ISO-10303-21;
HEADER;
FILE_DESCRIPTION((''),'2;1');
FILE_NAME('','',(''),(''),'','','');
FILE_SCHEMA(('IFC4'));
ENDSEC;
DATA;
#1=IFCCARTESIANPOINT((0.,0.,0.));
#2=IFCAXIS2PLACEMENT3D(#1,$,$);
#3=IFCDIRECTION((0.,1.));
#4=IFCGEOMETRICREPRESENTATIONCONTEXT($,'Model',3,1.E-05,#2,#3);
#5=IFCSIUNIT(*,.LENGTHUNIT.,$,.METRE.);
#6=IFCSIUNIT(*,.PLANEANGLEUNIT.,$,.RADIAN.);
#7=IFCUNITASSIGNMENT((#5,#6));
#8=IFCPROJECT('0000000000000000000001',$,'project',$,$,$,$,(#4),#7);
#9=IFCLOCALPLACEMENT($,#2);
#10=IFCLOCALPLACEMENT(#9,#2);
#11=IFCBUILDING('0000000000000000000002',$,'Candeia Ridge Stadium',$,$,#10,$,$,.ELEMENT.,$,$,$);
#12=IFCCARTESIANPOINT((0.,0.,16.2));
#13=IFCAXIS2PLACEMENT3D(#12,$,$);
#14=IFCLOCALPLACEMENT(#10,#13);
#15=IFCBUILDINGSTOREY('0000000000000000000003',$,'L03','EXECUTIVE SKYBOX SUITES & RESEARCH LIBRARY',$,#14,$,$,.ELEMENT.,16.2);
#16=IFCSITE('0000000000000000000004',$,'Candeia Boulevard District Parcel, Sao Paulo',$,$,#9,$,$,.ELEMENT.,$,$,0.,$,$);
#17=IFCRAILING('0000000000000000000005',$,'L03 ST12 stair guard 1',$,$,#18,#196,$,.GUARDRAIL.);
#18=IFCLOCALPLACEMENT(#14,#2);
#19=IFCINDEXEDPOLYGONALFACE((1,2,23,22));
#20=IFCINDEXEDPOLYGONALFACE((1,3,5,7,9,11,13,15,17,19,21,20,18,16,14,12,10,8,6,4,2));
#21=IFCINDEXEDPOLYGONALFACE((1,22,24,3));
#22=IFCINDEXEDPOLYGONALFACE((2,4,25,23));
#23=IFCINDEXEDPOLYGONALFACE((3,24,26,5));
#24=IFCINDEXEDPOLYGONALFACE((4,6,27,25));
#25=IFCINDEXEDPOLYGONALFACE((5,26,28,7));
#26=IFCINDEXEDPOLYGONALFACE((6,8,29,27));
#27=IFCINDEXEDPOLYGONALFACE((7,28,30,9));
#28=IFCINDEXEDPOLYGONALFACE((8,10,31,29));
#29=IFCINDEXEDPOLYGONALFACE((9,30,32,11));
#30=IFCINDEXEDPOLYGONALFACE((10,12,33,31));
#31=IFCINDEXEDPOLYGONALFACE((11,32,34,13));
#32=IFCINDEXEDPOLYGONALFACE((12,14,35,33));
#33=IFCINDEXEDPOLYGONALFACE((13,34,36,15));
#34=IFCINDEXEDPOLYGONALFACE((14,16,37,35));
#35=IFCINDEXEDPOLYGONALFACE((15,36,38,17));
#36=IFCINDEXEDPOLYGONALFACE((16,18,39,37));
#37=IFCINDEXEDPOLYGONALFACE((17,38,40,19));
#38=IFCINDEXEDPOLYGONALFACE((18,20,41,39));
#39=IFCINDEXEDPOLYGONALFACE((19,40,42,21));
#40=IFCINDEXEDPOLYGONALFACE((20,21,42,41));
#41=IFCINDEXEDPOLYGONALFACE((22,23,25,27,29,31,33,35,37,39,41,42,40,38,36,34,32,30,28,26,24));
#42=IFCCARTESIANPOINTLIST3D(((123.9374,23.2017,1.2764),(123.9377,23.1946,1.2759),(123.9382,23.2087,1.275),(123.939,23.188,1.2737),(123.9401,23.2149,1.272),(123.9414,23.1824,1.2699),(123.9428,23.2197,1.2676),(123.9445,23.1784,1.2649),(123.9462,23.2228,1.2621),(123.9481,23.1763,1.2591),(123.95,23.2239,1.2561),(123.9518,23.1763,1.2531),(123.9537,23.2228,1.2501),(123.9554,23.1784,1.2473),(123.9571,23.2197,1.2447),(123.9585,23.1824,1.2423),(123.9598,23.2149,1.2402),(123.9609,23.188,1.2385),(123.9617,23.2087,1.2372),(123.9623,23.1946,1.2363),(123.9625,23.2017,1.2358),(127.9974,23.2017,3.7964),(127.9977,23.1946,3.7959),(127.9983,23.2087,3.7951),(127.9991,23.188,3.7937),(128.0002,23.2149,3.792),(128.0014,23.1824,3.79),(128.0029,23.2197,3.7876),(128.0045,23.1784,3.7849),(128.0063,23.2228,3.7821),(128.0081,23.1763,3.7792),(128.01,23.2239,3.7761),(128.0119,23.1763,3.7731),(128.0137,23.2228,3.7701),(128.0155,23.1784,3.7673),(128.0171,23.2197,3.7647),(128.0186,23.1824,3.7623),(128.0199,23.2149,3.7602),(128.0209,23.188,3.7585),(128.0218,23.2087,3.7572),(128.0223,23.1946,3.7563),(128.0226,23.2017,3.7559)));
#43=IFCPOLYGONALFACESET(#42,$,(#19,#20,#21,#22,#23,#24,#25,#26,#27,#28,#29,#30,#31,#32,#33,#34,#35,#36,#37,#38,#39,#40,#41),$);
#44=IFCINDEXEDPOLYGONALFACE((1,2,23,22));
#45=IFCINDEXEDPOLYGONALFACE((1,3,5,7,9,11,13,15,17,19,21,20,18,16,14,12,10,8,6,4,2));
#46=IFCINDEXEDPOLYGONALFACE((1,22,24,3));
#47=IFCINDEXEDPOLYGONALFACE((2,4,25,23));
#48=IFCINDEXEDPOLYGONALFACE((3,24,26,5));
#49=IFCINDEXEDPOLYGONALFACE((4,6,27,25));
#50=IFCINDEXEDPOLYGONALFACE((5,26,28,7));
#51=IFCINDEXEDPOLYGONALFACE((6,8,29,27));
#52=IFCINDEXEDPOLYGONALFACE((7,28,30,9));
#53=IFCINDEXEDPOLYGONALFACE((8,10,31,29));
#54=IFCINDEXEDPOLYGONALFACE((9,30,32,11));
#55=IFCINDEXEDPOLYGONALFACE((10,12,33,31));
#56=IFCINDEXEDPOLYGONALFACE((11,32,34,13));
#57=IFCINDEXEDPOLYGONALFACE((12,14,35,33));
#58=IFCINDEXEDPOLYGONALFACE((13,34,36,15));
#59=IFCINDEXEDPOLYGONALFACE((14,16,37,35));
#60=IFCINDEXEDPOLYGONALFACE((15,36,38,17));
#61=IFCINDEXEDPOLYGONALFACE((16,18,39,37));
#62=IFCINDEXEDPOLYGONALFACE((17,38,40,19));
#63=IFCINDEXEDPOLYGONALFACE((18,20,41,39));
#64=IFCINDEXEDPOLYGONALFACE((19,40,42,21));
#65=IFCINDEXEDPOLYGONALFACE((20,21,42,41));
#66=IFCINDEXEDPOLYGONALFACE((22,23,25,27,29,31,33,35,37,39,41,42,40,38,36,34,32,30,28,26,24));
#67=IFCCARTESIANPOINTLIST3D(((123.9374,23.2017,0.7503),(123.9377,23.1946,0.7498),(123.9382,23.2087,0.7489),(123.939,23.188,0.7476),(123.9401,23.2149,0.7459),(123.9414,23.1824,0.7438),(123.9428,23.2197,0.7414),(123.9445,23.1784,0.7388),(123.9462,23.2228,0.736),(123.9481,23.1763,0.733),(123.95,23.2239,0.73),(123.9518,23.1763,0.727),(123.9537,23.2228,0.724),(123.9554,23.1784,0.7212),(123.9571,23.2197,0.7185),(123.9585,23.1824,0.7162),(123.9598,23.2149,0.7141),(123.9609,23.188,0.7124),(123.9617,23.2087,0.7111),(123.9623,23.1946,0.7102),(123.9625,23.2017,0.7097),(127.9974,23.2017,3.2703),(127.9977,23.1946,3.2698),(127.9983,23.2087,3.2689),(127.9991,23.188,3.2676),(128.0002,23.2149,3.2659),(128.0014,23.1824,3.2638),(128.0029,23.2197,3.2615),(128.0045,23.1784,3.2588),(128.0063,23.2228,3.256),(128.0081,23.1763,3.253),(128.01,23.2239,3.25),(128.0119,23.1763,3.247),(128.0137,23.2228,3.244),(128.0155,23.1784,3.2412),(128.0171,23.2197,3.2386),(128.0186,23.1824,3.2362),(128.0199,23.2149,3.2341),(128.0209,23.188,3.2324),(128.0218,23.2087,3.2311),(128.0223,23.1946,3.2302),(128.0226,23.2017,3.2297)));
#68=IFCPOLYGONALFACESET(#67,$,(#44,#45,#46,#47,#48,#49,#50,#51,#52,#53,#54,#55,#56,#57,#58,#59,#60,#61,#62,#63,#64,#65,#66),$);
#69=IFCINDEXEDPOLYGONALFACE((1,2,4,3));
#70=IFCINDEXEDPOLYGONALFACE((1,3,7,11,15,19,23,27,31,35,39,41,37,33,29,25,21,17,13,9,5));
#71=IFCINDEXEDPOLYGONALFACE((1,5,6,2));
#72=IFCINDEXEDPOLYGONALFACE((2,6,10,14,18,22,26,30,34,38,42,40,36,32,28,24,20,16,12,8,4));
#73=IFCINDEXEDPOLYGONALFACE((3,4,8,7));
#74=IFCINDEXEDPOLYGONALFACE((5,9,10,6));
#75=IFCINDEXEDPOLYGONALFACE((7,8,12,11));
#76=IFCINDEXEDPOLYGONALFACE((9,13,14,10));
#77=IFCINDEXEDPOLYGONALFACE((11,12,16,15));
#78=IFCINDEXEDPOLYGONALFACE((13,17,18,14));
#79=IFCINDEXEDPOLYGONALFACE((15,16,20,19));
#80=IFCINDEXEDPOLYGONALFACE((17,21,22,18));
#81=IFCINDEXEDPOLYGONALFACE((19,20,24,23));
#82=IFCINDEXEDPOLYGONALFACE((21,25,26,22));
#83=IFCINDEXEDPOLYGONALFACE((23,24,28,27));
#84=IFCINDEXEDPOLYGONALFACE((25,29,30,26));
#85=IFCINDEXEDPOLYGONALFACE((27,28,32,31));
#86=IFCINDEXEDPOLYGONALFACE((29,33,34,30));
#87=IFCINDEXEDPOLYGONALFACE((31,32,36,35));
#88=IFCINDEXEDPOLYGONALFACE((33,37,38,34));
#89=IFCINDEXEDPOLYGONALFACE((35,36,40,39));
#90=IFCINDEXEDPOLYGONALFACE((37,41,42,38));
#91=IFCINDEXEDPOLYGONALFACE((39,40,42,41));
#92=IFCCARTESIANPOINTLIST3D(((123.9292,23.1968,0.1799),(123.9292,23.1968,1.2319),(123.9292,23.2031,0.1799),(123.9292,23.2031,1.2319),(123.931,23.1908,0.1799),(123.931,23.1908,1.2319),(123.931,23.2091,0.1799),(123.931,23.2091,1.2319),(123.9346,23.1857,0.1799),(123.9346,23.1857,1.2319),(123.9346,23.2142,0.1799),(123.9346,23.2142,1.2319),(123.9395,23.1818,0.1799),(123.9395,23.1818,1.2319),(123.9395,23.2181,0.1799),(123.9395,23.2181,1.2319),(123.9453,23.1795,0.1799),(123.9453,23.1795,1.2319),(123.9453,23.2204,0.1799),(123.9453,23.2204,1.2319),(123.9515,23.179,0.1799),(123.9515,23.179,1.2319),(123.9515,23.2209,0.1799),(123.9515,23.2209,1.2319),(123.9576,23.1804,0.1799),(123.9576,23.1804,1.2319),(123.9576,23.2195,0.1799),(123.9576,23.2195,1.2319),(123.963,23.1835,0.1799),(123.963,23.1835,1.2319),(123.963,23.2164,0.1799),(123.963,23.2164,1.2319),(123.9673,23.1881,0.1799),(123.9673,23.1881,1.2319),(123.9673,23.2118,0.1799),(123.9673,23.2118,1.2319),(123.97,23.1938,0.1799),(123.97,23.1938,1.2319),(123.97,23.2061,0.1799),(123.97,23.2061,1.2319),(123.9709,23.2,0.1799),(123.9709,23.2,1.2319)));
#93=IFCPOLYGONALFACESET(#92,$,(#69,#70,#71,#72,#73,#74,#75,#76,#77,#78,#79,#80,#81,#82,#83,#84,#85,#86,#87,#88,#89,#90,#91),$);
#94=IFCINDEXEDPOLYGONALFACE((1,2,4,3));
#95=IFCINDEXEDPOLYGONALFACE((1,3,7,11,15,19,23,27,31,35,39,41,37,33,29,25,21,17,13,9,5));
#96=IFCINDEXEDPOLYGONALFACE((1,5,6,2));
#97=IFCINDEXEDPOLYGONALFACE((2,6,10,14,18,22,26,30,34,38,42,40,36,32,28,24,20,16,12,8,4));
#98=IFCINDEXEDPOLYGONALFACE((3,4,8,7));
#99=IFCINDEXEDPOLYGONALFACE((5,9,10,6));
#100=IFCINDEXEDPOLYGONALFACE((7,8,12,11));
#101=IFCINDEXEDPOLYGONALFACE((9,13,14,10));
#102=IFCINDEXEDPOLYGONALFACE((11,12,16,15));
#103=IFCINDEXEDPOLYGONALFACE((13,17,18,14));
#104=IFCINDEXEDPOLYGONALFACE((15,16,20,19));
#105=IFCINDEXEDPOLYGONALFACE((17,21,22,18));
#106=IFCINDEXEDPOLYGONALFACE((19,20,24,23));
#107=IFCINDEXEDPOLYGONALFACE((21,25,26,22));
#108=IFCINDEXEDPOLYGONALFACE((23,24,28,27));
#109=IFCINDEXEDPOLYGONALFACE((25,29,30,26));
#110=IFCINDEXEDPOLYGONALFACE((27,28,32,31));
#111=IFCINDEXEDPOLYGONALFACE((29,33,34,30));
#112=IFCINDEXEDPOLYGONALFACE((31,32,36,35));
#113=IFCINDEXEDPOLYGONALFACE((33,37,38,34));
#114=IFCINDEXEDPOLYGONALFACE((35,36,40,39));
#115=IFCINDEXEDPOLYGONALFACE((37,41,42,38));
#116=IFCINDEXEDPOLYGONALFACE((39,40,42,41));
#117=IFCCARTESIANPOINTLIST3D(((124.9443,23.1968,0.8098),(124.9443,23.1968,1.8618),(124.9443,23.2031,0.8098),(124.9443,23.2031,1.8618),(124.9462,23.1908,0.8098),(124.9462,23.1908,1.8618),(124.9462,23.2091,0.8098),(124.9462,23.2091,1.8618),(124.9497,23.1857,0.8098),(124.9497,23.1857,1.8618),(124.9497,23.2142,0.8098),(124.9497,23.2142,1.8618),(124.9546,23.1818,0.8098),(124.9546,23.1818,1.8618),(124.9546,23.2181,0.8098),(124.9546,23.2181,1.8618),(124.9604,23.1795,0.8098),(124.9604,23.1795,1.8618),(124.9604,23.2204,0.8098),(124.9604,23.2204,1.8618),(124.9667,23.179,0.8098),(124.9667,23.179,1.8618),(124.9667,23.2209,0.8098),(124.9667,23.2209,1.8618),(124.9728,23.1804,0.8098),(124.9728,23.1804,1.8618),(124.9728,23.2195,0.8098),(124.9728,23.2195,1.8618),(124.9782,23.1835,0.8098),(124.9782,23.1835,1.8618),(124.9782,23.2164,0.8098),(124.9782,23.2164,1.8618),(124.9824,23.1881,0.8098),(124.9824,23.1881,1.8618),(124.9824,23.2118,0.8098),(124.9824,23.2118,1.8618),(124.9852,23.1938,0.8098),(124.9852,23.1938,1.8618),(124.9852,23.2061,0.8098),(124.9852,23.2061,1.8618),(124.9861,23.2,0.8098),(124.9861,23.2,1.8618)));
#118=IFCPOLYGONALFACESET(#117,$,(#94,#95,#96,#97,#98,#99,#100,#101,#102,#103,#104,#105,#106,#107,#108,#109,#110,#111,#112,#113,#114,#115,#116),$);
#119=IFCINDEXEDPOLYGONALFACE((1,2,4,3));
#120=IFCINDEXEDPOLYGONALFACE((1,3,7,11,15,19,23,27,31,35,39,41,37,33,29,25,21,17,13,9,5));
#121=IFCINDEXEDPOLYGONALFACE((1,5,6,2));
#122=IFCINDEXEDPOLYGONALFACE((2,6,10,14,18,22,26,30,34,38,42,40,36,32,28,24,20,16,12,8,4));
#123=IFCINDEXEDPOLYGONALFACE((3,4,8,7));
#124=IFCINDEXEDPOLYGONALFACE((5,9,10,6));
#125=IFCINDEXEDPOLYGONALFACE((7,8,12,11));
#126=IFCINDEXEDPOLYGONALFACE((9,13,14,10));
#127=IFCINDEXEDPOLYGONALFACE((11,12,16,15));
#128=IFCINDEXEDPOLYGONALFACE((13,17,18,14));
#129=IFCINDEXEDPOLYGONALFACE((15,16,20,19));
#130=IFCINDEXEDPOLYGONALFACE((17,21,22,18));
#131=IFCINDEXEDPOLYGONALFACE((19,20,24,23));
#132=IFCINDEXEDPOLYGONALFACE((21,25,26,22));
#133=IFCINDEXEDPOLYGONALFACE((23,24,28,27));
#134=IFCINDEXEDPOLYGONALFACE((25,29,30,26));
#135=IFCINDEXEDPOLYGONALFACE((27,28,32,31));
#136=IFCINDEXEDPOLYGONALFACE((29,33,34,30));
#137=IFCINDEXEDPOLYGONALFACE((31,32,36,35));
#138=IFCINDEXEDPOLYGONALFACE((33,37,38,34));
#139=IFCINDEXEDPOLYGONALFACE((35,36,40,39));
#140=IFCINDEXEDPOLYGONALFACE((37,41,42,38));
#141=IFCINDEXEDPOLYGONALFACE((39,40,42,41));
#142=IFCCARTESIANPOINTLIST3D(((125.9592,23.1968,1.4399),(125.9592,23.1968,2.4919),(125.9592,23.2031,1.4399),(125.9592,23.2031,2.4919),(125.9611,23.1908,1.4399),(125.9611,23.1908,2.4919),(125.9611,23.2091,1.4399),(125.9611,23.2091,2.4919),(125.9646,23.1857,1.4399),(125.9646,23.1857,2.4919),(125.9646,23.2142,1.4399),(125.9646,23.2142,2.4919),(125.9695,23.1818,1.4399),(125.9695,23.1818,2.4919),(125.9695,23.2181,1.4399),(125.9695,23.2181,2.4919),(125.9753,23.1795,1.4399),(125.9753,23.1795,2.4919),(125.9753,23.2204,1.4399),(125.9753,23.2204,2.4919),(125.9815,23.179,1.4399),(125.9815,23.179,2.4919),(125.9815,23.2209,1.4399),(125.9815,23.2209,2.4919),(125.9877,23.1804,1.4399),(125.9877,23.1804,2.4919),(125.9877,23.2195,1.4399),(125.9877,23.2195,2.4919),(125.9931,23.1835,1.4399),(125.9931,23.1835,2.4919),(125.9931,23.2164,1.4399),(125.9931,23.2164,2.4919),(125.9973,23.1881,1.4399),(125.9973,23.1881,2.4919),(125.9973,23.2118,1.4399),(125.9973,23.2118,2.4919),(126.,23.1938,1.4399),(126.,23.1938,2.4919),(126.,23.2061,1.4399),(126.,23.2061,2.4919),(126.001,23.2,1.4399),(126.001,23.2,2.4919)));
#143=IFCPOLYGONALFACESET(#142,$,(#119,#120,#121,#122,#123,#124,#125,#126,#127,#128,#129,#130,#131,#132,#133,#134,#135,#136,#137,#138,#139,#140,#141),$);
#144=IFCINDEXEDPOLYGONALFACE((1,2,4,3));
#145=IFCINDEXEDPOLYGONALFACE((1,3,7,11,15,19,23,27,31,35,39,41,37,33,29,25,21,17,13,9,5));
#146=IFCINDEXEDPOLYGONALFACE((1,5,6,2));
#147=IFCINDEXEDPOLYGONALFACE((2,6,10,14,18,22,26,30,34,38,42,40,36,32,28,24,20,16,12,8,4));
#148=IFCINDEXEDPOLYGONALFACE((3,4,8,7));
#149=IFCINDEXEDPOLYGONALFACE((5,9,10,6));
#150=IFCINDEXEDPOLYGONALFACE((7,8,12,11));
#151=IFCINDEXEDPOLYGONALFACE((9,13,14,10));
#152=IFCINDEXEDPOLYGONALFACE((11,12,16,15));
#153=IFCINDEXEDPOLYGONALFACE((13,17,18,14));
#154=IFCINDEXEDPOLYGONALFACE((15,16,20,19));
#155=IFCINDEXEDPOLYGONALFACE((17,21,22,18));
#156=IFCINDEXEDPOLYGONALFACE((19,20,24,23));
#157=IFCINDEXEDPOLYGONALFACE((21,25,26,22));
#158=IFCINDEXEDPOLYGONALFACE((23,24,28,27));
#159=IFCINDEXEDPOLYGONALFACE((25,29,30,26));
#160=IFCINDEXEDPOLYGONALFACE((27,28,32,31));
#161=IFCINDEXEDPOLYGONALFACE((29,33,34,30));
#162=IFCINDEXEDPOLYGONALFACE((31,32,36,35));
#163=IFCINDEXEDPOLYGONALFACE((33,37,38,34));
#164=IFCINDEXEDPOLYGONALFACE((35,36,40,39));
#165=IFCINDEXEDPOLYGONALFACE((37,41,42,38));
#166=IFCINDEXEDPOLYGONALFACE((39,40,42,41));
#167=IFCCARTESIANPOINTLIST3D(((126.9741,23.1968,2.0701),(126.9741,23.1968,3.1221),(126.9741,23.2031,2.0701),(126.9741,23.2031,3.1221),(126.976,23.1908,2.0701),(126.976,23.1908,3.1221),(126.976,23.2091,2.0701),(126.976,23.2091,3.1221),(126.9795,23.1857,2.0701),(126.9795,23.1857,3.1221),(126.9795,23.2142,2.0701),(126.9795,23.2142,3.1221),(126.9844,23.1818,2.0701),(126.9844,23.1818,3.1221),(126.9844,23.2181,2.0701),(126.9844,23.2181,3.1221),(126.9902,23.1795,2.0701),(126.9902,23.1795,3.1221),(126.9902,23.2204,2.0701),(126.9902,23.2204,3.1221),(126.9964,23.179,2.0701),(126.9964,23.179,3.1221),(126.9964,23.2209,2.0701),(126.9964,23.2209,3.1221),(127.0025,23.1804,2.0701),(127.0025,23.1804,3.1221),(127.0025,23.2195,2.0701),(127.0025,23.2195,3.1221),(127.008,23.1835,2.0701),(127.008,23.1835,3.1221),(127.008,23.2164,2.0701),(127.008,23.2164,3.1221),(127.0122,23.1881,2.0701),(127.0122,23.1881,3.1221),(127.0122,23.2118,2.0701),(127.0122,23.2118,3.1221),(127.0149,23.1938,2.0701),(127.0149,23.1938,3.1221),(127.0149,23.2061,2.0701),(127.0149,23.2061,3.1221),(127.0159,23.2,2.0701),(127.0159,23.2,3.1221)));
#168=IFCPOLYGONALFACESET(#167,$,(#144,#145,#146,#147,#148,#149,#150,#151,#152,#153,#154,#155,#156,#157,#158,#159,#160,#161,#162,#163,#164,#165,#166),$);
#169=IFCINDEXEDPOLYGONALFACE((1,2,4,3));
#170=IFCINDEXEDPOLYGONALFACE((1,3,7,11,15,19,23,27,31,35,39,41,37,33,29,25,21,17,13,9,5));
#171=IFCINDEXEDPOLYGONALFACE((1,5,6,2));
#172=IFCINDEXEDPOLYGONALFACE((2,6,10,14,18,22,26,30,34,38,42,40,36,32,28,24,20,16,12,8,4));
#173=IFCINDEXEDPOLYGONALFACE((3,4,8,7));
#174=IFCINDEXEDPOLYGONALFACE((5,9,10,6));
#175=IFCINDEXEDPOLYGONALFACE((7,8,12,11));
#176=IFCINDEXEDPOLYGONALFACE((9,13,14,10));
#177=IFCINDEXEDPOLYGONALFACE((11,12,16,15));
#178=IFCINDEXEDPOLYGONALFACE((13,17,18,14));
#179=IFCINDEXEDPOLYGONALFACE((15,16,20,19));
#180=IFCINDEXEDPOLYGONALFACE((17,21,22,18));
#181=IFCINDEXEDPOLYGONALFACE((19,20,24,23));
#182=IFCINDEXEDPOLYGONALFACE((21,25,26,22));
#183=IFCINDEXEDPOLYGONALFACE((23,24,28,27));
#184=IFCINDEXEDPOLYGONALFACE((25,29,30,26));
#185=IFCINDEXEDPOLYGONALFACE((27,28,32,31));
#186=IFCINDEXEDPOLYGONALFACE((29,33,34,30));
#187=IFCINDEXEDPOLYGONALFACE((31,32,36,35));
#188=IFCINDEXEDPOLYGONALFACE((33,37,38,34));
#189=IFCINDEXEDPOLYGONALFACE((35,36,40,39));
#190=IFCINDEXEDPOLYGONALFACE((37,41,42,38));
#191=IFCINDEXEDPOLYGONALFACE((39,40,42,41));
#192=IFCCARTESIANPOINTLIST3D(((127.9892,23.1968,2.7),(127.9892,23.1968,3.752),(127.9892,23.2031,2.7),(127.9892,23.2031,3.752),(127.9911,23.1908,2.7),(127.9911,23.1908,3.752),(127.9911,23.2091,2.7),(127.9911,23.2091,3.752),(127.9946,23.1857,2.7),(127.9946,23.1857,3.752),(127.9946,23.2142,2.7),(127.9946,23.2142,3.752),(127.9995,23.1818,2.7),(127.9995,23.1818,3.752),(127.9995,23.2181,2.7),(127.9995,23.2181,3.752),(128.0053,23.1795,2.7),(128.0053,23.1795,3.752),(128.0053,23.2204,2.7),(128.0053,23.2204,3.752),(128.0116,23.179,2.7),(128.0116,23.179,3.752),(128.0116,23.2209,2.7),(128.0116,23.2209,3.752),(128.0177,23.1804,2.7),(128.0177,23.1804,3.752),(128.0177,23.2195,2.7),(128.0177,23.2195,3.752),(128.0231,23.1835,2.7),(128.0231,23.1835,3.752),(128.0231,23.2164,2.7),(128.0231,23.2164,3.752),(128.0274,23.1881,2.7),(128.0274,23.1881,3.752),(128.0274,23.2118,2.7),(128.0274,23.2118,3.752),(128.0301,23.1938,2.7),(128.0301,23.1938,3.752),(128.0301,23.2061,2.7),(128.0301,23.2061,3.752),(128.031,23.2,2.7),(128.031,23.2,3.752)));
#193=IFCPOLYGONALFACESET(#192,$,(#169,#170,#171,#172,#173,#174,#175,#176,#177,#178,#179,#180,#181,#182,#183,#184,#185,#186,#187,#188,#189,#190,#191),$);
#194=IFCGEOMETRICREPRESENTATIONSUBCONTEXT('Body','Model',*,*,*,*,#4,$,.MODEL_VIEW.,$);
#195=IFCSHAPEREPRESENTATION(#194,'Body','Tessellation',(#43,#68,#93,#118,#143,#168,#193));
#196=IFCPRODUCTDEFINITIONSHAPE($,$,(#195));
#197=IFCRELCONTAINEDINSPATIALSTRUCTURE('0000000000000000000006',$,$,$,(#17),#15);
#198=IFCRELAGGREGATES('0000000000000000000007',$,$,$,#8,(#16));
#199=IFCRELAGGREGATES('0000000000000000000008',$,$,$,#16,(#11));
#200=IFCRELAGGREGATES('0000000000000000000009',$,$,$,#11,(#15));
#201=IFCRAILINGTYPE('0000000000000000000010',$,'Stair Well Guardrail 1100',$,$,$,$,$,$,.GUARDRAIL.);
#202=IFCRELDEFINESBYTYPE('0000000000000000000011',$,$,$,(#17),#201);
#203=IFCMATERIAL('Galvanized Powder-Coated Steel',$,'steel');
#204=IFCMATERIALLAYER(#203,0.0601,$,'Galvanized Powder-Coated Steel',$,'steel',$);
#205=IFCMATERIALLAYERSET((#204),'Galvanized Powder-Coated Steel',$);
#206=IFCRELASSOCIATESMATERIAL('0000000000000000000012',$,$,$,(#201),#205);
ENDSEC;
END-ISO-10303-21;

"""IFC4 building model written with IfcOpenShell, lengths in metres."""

from ifc_helpers import new_model, si_unit, direction, frame, origin, origin_2d, place, context, subcontext, project, spatial, circle, extrude, material, layer, layer_set, type_object, element, save


model = new_model("IFC4")

# Units and contexts
model_context = context("Model", 3, precision=1e-05, world=origin(), true_north=direction((0.0, 1.0)))
body_context = subcontext(model_context, "Body", "Model", "MODEL_VIEW")
ifc_project = project(units=[si_unit("LENGTHUNIT", "METRE"), si_unit("PLANEANGLEUNIT", "RADIAN")], contexts=[model_context])

# Site, building, storey
site_placement = place(None, origin())
site = spatial("IfcSite", under=ifc_project, at=site_placement, Name="Candeia Boulevard District Parcel, Sao Paulo", CompositionType="ELEMENT", RefElevation=0.0)
building_placement = place(site_placement, origin())
building = spatial("IfcBuilding", under=site, at=building_placement, Name="Candeia Ridge Stadium", CompositionType="ELEMENT")
storey_placement = place(building_placement, frame((0.0, 0.0, 16.2)))
storey = spatial("IfcBuildingStorey", under=building, at=storey_placement, Name="L03", Description="EXECUTIVE SKYBOX SUITES & RESEARCH LIBRARY", CompositionType="ELEMENT", Elevation=16.2)

# Railing
ifc_material_1 = material(Name="Galvanized Powder-Coated Steel", Category="steel")
ifc_layer_1 = layer(ifc_material_1, 0.0601, Name="Galvanized Powder-Coated Steel", Category="steel")
ifc_layer_set_1 = layer_set([ifc_layer_1], Name="Galvanized Powder-Coated Steel")
railing_type_1 = type_object("IfcRailingType", Name="Stair Well Guardrail 1100", PredefinedType="GUARDRAIL", material=ifc_layer_set_1)
railing_1_placement = place(storey_placement, frame((123.95, 23.2, 0.1799)))
element("IfcRailing", 1, at=railing_1_placement, inside=storey, type_object=railing_type_1, Name="L03 ST12 stair guard 1", PredefinedType="GUARDRAIL", context=body_context, shape_type="SweptSolid", body=[
    extrude(circle(Radius=0.0239, at=origin_2d()), frame((0.0, 0.0, 1.0762), z_axis=(0.849642, 0.0, 0.52736), x_axis=(0.0, 1.0, 0.0)), (0.0, 0.0, 1.0), 4.7786),
    extrude(circle(Radius=0.0239, at=origin_2d()), frame((0.0, 0.0, 0.55), z_axis=(0.849642, 0.0, 0.52736), x_axis=(0.0, 1.0, 0.0)), (0.0, 0.0, 1.0), 4.7786),
    extrude(circle(Radius=0.021, at=origin_2d()), origin(), (0.0, 0.0, 1.0), 1.052),
    extrude(circle(Radius=0.021, at=origin_2d()), frame((1.0151, 0.0, 0.6299)), (0.0, 0.0, 1.0), 1.052),
    extrude(circle(Radius=0.021, at=origin_2d()), frame((2.03, 0.0, 1.26)), (0.0, 0.0, 1.0), 1.052),
    extrude(circle(Radius=0.021, at=origin_2d()), frame((3.0449, 0.0, 1.8901)), (0.0, 0.0, 1.0), 1.052),
    extrude(circle(Radius=0.021, at=origin_2d()), frame((4.0601, 0.0, 2.52)), (0.0, 0.0, 1.0), 1.052),
])

save(model, "model.ifc")
